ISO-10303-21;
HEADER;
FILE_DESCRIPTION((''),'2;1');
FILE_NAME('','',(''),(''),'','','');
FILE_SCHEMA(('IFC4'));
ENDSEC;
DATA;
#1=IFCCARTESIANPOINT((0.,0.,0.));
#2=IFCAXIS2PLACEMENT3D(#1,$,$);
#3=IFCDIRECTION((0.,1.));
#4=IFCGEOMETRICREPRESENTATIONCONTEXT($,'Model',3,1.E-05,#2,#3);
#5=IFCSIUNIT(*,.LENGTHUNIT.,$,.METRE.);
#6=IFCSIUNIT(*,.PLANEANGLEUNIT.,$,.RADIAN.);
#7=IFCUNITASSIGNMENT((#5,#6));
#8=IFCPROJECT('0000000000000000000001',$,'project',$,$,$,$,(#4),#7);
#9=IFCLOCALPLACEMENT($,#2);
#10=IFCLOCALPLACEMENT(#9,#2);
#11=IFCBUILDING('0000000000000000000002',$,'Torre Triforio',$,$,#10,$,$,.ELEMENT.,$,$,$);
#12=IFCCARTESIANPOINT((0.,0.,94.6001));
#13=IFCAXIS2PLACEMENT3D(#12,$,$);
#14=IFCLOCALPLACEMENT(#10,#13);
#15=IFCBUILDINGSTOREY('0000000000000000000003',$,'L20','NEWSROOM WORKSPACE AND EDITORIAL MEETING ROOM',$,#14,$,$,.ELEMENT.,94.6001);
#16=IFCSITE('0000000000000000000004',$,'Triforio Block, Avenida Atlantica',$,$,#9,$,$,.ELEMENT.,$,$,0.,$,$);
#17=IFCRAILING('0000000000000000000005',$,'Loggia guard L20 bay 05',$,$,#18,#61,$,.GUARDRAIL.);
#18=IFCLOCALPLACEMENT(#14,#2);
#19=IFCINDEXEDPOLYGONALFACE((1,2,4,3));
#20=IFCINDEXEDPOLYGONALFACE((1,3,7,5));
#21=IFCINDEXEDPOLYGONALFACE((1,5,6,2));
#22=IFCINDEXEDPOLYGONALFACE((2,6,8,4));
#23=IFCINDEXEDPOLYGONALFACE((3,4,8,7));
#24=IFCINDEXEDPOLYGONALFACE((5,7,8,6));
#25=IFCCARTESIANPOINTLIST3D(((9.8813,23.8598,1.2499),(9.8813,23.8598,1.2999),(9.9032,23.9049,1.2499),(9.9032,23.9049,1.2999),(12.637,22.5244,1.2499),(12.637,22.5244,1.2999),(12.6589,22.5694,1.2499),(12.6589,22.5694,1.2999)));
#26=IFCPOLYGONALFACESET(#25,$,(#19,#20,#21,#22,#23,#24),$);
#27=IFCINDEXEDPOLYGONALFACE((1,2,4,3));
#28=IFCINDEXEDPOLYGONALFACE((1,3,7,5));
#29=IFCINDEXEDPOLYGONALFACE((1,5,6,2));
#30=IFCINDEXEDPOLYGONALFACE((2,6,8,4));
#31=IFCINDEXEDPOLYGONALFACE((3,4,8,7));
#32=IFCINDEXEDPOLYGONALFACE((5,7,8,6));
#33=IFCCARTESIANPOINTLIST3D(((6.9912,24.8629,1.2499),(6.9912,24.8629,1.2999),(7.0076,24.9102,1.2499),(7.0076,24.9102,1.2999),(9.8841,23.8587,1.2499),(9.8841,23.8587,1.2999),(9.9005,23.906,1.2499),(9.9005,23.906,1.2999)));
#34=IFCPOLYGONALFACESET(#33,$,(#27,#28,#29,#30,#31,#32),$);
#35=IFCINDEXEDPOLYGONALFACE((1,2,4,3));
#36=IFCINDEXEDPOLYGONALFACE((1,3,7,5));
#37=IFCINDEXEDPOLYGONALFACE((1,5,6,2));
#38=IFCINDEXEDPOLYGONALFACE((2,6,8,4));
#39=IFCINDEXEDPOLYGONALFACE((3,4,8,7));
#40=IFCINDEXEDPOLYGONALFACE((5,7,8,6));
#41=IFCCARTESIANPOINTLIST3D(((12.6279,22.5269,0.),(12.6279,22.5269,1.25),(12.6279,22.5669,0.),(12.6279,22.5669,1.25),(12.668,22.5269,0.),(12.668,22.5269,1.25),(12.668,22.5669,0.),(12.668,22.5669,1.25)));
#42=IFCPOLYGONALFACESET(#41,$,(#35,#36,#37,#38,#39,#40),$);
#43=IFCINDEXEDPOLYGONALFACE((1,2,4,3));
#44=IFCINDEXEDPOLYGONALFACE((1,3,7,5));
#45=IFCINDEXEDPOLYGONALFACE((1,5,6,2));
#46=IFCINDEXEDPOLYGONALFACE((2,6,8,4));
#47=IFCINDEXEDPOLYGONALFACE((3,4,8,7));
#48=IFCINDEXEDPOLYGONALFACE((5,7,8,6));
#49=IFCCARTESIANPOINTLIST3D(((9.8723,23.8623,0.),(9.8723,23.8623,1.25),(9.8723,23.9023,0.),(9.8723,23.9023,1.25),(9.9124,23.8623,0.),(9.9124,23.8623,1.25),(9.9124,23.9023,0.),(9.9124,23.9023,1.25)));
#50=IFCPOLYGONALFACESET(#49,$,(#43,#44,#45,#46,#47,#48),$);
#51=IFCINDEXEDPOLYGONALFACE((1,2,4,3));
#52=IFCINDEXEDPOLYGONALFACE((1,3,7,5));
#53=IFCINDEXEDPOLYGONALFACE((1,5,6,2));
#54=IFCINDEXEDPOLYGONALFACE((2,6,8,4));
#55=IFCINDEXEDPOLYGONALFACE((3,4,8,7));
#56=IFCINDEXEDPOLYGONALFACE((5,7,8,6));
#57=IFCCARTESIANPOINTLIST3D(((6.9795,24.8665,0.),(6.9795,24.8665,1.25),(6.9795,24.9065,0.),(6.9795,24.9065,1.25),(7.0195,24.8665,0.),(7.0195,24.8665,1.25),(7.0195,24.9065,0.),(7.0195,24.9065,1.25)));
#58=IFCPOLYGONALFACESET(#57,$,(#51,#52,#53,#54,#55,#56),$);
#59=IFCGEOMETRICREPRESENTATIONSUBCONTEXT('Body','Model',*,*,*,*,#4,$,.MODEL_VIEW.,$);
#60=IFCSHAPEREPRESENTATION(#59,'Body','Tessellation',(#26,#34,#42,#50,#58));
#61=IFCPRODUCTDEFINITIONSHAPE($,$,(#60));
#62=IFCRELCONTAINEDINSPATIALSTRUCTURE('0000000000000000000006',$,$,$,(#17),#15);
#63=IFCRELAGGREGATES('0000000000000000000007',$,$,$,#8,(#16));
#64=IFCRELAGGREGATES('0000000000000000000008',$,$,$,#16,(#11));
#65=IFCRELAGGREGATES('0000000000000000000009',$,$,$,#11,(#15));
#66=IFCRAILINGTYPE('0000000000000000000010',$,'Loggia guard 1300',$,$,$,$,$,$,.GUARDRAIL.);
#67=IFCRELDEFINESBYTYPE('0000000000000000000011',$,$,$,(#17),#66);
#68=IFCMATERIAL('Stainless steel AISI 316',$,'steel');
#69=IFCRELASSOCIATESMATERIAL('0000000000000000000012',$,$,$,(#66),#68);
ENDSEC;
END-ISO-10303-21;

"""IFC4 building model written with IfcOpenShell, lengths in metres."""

from ifc_helpers import new_model, si_unit, direction, frame, origin, origin_2d, place, context, subcontext, project, spatial, rectangle, extrude, material, type_object, element, save


model = new_model("IFC4")

# Units and contexts
model_context = context("Model", 3, precision=1e-05, world=origin(), true_north=direction((0.0, 1.0)))
body_context = subcontext(model_context, "Body", "Model", "MODEL_VIEW")
ifc_project = project(units=[si_unit("LENGTHUNIT", "METRE"), si_unit("PLANEANGLEUNIT", "RADIAN")], contexts=[model_context])

# Site, building, storey
site_placement = place(None, origin())
site = spatial("IfcSite", under=ifc_project, at=site_placement, Name="Triforio Block, Avenida Atlantica", CompositionType="ELEMENT", RefElevation=0.0)
building_placement = place(site_placement, origin())
building = spatial("IfcBuilding", under=site, at=building_placement, Name="Torre Triforio", CompositionType="ELEMENT")
storey_placement = place(building_placement, frame((0.0, 0.0, 94.6001)))
storey = spatial("IfcBuildingStorey", under=building, at=storey_placement, Name="L20", Description="NEWSROOM WORKSPACE AND EDITORIAL MEETING ROOM", CompositionType="ELEMENT", Elevation=94.6001)

# Railing
ifc_material_1 = material(Name="Stainless steel AISI 316", Category="steel")
railing_type = type_object("IfcRailingType", Name="Loggia guard 1300", PredefinedType="GUARDRAIL", material=ifc_material_1)
railing_1_placement = place(storey_placement, frame((12.6479, 22.5469, 0.0)))
element("IfcRailing", 1, at=railing_1_placement, inside=storey, type_object=railing_type, Name="Loggia guard L20 bay 05", PredefinedType="GUARDRAIL", context=body_context, shape_type="SweptSolid", body=[
    extrude(rectangle(XDim=0.05, YDim=0.05, at=origin_2d()), frame((0.0, 0.0, 1.2749), z_axis=(-0.899892, 0.436113, 0.0), x_axis=(-0.436113, -0.899892, 0.0)), (0.0, 0.0, 1.0), 3.0623),
    extrude(rectangle(XDim=0.05, YDim=0.05, at=origin_2d()), frame((-2.7556, 1.3354, 1.2749), z_axis=(-0.944704, 0.327924, 0.0), x_axis=(-0.327924, -0.944704, 0.0)), (0.0, 0.0, 1.0), 3.0623),
    extrude(rectangle(XDim=0.04, YDim=0.04, at=origin_2d()), origin(), (0.0, 0.0, 1.0), 1.25),
    extrude(rectangle(XDim=0.04, YDim=0.04, at=origin_2d()), frame((-2.7556, 1.3354, 0.0)), (0.0, 0.0, 1.0), 1.25),
    extrude(rectangle(XDim=0.04, YDim=0.04, at=origin_2d()), frame((-5.6484, 2.3396, 0.0)), (0.0, 0.0, 1.0), 1.25),
])

save(model, "model.ifc")
